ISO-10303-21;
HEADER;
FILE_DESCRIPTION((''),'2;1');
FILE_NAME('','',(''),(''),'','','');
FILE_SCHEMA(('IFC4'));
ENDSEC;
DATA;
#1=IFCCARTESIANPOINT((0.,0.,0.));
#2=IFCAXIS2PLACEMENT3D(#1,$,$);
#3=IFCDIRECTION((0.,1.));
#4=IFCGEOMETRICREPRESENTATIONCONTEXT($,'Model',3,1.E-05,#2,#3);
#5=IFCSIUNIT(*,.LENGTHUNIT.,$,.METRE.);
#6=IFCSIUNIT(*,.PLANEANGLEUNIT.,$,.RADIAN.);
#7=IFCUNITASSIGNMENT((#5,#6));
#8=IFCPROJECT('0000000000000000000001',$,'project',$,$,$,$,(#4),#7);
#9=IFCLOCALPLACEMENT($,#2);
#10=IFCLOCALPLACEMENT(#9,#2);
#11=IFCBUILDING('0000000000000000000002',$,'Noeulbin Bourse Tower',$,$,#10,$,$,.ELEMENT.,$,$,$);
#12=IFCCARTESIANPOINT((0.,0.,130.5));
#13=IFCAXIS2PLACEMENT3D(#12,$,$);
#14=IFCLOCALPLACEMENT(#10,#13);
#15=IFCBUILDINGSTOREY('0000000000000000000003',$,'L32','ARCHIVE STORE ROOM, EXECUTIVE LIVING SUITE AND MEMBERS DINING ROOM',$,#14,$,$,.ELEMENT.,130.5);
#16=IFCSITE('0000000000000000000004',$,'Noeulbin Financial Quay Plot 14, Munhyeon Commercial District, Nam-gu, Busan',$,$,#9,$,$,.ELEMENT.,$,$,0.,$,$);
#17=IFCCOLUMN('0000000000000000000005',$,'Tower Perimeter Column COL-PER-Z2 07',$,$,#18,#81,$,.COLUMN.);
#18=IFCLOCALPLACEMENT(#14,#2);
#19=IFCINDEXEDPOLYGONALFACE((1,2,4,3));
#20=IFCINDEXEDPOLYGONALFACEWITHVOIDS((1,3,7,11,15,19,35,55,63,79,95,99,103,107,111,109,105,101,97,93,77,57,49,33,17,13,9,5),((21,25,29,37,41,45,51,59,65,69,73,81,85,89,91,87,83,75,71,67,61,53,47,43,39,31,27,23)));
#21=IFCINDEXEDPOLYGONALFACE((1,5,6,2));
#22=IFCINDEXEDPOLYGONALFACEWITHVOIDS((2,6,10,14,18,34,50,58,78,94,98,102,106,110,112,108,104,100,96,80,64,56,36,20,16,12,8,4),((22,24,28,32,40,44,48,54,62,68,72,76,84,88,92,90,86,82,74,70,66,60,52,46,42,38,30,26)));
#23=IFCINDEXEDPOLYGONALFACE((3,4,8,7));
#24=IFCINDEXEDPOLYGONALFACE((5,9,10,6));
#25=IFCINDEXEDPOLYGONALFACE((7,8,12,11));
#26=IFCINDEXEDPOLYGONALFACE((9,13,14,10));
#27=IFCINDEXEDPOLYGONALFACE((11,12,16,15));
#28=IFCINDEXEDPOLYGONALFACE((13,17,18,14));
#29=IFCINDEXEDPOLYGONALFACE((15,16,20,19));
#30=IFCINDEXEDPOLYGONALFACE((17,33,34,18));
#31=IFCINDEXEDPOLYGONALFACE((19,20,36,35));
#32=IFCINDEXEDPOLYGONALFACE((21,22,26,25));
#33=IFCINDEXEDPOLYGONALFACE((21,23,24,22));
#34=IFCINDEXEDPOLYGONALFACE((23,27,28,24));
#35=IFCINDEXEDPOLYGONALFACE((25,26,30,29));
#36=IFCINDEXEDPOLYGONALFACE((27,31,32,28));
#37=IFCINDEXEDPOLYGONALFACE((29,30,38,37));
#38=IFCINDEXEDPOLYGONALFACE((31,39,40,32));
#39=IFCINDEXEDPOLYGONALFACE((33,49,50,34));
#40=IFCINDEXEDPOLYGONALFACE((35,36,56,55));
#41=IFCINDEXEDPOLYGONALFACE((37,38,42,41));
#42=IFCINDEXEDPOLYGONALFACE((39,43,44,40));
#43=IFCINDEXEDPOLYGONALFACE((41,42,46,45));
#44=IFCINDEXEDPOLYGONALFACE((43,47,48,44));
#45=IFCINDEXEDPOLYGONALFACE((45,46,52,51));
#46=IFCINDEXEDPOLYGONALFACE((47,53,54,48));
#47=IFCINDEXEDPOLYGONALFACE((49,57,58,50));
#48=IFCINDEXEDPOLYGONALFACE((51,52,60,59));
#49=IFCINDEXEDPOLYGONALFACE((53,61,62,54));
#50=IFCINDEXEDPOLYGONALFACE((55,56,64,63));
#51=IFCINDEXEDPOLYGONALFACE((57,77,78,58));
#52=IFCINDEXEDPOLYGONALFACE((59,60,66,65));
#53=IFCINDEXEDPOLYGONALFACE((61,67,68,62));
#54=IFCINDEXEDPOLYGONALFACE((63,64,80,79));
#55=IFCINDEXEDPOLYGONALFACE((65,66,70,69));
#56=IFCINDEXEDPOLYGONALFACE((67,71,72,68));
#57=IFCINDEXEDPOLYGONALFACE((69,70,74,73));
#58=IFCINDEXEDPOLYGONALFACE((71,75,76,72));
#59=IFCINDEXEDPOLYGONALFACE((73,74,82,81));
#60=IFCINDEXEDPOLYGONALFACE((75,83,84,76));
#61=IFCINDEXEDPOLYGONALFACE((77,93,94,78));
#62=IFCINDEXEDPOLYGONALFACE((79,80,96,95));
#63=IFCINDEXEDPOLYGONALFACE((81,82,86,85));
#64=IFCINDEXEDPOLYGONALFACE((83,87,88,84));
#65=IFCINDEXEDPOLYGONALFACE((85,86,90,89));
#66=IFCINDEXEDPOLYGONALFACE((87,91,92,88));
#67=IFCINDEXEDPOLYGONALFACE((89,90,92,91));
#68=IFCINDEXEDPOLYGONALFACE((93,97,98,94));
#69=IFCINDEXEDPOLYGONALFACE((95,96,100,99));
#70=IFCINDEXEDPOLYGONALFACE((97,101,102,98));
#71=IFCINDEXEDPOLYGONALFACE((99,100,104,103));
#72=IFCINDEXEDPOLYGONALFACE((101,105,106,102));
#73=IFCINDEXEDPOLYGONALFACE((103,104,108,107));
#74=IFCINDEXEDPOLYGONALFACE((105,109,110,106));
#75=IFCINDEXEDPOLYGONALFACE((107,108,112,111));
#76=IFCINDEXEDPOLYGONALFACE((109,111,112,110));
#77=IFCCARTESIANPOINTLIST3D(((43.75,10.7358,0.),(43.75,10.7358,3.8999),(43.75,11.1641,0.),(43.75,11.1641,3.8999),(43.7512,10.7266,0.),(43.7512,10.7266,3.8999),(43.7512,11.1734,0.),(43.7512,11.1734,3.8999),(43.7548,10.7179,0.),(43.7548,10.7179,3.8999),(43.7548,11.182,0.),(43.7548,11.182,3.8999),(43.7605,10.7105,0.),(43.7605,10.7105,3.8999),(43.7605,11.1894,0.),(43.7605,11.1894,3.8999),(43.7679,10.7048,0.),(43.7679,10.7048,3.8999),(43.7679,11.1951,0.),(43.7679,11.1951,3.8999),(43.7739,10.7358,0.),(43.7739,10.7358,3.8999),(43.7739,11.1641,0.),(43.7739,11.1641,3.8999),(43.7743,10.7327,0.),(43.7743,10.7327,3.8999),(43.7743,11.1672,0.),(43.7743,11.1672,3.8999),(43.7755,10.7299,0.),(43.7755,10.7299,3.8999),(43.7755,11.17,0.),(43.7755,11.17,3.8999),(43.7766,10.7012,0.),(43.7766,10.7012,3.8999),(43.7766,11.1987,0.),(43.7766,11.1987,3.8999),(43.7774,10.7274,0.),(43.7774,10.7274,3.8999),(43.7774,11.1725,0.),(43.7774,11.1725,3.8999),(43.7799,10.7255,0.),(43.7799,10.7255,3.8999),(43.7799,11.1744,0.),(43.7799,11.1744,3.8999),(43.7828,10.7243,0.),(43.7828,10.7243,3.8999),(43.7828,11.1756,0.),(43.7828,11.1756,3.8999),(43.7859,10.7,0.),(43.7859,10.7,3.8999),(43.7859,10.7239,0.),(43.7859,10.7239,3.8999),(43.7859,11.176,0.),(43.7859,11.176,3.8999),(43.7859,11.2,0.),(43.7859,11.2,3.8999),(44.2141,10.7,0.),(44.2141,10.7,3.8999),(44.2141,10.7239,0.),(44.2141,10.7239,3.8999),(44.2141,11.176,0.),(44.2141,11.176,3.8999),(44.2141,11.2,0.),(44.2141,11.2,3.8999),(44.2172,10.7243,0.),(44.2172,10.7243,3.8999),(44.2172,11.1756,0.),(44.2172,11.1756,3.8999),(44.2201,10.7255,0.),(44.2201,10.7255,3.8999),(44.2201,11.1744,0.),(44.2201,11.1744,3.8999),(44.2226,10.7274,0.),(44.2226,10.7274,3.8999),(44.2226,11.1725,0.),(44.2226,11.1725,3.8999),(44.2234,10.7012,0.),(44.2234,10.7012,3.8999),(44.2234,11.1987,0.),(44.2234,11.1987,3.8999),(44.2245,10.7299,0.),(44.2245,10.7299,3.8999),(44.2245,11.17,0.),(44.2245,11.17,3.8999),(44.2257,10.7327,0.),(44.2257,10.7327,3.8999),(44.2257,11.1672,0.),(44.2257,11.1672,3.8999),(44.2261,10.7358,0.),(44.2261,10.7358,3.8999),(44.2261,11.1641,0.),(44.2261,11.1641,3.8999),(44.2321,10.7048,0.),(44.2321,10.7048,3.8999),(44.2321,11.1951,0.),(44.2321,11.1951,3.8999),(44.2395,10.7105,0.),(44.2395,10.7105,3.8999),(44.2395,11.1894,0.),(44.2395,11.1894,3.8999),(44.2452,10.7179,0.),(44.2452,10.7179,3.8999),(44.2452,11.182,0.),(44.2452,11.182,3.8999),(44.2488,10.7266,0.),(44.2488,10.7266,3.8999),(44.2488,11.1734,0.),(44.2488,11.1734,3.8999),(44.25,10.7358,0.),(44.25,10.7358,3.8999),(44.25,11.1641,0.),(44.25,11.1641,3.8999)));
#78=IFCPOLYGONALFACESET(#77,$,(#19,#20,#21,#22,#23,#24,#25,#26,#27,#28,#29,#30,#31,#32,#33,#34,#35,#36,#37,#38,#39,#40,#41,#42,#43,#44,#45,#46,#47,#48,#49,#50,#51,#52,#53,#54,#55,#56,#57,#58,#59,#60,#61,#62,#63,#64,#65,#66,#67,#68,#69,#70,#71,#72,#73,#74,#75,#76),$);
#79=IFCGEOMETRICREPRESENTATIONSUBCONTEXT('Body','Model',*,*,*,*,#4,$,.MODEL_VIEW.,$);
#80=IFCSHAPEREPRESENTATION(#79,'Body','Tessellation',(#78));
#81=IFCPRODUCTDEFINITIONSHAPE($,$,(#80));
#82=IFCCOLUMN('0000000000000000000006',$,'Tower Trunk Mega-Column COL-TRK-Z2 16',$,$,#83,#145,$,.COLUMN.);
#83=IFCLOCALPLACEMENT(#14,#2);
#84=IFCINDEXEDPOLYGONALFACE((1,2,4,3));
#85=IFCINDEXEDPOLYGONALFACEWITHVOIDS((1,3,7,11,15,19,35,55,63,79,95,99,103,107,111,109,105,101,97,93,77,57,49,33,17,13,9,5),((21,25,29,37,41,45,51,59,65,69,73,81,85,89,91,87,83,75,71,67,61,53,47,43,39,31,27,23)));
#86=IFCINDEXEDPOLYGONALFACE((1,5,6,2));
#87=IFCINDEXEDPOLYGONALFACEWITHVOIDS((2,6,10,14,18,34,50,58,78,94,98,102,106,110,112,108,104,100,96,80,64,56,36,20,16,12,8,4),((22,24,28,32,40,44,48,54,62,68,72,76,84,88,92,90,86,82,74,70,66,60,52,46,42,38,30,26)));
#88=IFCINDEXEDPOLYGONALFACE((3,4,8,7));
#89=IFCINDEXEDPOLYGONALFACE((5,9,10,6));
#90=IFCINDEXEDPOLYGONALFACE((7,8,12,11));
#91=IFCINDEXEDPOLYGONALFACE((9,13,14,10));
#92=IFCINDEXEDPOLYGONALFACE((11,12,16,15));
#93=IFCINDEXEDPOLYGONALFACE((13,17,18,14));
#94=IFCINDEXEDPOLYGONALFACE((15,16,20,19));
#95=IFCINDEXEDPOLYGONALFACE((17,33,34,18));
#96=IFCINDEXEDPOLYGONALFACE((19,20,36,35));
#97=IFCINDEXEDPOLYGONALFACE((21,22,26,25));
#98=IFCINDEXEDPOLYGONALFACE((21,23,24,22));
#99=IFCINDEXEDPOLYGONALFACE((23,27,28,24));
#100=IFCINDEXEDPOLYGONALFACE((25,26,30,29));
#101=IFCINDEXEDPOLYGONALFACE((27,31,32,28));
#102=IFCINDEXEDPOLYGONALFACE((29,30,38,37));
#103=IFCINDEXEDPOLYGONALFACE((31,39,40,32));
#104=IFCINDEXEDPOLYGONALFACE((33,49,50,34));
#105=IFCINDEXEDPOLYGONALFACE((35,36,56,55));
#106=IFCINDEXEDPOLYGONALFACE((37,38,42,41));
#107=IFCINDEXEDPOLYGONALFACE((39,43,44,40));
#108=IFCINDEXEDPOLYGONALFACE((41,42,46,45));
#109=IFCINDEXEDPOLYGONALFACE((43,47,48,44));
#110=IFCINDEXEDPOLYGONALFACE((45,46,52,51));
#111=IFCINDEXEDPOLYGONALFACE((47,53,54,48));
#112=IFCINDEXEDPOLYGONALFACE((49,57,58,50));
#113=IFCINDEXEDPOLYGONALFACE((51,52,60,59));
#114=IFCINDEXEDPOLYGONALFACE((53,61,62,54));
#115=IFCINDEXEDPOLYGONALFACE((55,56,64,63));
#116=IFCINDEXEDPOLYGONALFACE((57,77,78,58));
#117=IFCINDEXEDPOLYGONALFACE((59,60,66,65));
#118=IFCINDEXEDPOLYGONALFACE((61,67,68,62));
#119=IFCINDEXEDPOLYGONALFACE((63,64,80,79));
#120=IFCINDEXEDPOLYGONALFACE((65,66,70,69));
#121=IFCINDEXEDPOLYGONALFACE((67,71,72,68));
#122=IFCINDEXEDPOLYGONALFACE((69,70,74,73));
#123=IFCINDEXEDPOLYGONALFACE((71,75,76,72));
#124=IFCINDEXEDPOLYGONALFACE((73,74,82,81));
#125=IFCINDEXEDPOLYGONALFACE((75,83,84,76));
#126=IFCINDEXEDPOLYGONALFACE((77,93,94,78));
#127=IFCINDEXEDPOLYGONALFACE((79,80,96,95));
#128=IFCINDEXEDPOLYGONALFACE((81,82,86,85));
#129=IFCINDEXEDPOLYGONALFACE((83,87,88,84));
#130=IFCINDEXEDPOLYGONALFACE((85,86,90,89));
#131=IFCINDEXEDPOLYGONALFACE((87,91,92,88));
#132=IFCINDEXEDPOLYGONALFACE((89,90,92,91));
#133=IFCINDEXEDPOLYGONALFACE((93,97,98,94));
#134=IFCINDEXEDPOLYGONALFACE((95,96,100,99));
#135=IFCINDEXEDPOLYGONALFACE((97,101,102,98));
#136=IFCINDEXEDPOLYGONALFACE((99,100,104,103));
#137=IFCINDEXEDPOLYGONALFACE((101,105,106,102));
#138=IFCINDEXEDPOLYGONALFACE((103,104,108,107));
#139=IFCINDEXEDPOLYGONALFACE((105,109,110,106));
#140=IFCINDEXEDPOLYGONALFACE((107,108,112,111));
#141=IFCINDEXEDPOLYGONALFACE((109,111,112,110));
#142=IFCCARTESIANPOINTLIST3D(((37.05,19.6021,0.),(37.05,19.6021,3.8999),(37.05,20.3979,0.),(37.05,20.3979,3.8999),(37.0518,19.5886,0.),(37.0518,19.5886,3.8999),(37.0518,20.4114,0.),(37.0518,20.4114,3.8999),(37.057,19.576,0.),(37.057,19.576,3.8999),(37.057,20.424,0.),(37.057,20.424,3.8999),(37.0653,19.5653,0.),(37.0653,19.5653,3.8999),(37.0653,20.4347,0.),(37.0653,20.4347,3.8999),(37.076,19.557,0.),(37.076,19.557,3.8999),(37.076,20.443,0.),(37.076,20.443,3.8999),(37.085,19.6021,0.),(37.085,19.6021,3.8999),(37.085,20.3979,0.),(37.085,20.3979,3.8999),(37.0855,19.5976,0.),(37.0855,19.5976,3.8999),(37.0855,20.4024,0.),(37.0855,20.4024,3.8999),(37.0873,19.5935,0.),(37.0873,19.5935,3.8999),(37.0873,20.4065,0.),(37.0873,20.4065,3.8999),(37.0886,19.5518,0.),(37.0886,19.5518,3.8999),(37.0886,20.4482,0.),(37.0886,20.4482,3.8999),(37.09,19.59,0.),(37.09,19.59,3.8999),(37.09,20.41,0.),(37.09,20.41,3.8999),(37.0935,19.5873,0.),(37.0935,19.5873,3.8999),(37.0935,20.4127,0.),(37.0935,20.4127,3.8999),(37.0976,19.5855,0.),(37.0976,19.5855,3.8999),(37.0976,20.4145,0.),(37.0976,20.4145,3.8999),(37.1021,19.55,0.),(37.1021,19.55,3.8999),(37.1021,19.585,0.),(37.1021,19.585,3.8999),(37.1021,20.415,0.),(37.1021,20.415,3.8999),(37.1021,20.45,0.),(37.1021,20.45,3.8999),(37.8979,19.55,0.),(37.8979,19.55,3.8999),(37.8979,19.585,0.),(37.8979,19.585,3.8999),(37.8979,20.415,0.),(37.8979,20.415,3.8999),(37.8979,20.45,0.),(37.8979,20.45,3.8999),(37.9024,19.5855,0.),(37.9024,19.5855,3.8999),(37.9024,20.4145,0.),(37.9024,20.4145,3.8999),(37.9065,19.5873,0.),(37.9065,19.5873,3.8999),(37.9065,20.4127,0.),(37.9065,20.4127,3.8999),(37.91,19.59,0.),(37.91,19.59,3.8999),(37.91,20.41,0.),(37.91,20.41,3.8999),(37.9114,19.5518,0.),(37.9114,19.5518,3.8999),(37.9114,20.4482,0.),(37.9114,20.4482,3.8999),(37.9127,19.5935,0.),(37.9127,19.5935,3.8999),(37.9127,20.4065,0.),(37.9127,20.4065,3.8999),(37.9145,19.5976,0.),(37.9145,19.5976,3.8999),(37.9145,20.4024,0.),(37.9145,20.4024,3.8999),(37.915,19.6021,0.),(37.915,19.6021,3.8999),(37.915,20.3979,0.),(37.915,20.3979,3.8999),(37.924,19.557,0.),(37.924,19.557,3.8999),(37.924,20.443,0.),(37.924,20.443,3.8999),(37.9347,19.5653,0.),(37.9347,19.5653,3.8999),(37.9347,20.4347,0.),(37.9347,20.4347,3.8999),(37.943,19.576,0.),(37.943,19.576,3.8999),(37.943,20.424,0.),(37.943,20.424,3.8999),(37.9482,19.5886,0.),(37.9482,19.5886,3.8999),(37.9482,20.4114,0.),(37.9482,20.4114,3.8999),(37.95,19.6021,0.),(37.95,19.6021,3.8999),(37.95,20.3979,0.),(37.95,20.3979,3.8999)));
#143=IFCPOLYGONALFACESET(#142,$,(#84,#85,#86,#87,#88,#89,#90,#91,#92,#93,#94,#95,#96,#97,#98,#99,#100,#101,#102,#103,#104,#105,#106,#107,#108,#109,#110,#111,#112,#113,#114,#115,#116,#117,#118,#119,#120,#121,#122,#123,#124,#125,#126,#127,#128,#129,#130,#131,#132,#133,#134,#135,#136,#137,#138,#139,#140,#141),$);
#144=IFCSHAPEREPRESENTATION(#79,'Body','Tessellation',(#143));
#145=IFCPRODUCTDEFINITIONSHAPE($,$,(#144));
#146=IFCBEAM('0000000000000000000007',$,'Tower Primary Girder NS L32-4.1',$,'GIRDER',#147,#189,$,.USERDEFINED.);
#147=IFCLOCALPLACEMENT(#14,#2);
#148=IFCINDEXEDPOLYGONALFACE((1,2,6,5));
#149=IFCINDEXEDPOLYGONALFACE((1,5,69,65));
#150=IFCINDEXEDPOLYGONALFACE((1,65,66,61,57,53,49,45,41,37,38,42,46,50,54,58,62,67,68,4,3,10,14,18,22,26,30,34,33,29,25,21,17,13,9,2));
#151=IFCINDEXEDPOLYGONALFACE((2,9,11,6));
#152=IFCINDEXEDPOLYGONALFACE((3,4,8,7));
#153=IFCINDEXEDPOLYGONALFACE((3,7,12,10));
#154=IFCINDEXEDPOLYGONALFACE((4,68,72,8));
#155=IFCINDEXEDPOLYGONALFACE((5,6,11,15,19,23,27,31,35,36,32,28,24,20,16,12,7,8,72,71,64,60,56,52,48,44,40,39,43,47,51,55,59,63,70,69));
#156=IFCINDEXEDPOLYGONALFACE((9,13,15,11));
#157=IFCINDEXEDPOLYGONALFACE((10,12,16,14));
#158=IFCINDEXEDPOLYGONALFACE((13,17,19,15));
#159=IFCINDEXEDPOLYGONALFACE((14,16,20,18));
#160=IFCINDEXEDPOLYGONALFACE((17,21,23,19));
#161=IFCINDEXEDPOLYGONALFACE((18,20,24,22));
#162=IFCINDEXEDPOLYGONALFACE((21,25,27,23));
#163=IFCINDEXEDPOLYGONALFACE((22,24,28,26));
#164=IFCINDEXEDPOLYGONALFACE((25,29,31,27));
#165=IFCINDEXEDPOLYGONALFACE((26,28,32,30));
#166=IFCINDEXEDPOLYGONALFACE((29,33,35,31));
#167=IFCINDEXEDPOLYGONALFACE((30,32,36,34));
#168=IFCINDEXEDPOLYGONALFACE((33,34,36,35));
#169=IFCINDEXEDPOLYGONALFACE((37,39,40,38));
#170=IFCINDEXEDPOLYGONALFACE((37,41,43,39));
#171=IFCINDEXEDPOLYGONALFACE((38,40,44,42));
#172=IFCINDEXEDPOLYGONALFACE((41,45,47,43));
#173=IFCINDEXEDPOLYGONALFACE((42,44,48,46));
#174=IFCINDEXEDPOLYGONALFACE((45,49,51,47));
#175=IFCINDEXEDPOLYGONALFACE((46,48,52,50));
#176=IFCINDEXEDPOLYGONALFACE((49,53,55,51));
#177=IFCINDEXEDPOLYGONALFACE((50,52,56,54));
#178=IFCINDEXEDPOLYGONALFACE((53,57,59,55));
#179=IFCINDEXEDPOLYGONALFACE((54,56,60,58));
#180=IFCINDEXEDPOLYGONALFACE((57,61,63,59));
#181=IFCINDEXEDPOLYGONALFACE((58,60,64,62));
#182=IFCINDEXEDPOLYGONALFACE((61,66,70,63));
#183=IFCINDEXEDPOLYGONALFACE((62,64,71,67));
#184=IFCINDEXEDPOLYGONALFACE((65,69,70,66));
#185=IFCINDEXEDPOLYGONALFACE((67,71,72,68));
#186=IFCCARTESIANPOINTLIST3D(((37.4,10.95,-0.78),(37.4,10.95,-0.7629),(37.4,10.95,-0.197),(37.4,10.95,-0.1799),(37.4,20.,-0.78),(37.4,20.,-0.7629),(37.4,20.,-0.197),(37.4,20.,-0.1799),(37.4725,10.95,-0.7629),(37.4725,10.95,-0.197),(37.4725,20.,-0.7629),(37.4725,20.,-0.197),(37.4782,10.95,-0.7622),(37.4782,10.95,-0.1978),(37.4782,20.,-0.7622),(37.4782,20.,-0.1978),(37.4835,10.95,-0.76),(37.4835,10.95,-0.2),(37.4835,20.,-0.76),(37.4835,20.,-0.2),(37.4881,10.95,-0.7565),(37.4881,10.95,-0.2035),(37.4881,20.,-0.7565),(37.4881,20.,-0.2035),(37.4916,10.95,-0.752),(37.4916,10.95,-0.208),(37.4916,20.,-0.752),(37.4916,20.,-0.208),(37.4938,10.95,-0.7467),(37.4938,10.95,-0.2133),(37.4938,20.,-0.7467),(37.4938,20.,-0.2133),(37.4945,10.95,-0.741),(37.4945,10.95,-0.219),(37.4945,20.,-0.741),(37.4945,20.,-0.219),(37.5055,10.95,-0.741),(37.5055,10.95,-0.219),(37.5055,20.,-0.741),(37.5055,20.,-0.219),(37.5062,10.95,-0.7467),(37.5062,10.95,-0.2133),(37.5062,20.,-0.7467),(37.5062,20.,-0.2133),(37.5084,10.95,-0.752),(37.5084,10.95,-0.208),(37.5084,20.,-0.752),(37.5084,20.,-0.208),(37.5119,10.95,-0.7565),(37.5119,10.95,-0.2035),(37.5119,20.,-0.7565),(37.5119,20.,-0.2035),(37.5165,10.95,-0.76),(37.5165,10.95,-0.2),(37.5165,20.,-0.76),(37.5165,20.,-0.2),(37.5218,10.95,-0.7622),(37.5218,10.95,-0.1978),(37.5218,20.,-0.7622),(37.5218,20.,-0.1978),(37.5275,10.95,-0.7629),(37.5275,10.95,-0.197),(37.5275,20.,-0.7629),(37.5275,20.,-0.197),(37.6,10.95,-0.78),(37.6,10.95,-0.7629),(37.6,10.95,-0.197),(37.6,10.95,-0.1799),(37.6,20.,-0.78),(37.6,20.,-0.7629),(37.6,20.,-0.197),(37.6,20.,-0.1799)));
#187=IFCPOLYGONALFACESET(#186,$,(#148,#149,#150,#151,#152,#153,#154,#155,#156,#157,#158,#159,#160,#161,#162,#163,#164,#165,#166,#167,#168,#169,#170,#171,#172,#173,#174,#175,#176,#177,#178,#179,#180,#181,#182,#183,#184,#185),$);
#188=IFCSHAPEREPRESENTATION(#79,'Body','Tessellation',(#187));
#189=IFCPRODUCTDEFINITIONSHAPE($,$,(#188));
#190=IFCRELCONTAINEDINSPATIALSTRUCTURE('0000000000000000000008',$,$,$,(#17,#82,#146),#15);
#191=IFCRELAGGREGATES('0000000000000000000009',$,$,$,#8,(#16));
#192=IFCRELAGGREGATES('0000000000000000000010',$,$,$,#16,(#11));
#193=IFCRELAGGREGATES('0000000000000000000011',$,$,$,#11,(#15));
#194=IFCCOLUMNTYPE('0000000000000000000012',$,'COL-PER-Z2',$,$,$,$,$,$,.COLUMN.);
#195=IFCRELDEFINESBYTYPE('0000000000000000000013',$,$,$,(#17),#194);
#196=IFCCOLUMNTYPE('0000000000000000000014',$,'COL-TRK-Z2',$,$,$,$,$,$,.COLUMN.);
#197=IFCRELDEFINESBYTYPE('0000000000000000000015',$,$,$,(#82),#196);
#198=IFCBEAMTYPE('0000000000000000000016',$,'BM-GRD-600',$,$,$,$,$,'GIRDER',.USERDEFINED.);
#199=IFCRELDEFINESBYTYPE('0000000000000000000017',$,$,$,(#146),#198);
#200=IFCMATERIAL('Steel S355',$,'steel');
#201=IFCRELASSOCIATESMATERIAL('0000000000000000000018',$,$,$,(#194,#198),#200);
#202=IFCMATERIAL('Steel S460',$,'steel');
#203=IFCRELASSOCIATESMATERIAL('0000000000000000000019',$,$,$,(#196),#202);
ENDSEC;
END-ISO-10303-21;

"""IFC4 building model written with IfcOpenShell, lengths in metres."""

from ifc_helpers import new_model, si_unit, direction, frame, origin, origin_2d, place, context, subcontext, project, spatial, hollow_rectangle, i_section, extrude, material, material_profile, profile_set, type_object, element, save


model = new_model("IFC4")

# Units and contexts
model_context = context("Model", 3, precision=1e-05, world=origin(), true_north=direction((0.0, 1.0)))
body_context = subcontext(model_context, "Body", "Model", "MODEL_VIEW")
ifc_project = project(units=[si_unit("LENGTHUNIT", "METRE"), si_unit("PLANEANGLEUNIT", "RADIAN")], contexts=[model_context])

# Site, building, storey
site_placement = place(None, origin())
site = spatial("IfcSite", under=ifc_project, at=site_placement, Name="Noeulbin Financial Quay Plot 14, Munhyeon Commercial District, Nam-gu, Busan", CompositionType="ELEMENT", RefElevation=0.0)
building_placement = place(site_placement, origin())
building = spatial("IfcBuilding", under=site, at=building_placement, Name="Noeulbin Bourse Tower", CompositionType="ELEMENT")
storey_placement = place(building_placement, frame((0.0, 0.0, 130.5)))
storey = spatial("IfcBuildingStorey", under=building, at=storey_placement, Name="L32", Description="ARCHIVE STORE ROOM, EXECUTIVE LIVING SUITE AND MEMBERS DINING ROOM", CompositionType="ELEMENT", Elevation=130.5)

# Columns
ifc_material_1 = material(Name="Steel S355", Category="steel")
ifc_material_profile_1 = material_profile(ifc_material_1, hollow_rectangle(XDim=0.5, YDim=0.5, WallThickness=0.0239, InnerFilletRadius=0.012, OuterFilletRadius=0.0359, at=origin_2d()), Name="BOX-500x500x24", Category="LoadBearing")
ifc_profile_set_1 = profile_set([ifc_material_profile_1], Name="Steel S355")
column_type_1 = type_object("IfcColumnType", Name="COL-PER-Z2", PredefinedType="COLUMN", material=ifc_profile_set_1)
column_1_placement = place(storey_placement, frame((44.0, 10.95, 0.0), z_axis=(0.0, 0.0, 1.0), x_axis=(1.0, 0.0, 0.0)))
element("IfcColumn", 1, at=column_1_placement, inside=storey, type_object=column_type_1, Name="Tower Perimeter Column COL-PER-Z2 07", PredefinedType="COLUMN", context=body_context, shape_type="SweptSolid", body=[
    extrude(hollow_rectangle(XDim=0.5, YDim=0.5, WallThickness=0.0239, InnerFilletRadius=0.012, OuterFilletRadius=0.0359, at=origin_2d()), origin(), (0.0, 0.0, 1.0), 3.8999),
])
ifc_material_2 = material(Name="Steel S460", Category="steel")
ifc_material_profile_2 = material_profile(ifc_material_2, hollow_rectangle(XDim=0.8999, YDim=0.8999, WallThickness=0.0349, InnerFilletRadius=0.0171, OuterFilletRadius=0.052, at=origin_2d()), Name="BOX-900x900x35", Category="LoadBearing")
ifc_profile_set_2 = profile_set([ifc_material_profile_2], Name="Steel S460")
column_type_2 = type_object("IfcColumnType", Name="COL-TRK-Z2", PredefinedType="COLUMN", material=ifc_profile_set_2)
column_2_placement = place(storey_placement, frame((37.5, 20.0, 0.0), z_axis=(0.0, 0.0, 1.0), x_axis=(1.0, 0.0, 0.0)))
element("IfcColumn", 2, at=column_2_placement, inside=storey, type_object=column_type_2, Name="Tower Trunk Mega-Column COL-TRK-Z2 16", PredefinedType="COLUMN", context=body_context, shape_type="SweptSolid", body=[
    extrude(hollow_rectangle(XDim=0.8999, YDim=0.8999, WallThickness=0.0349, InnerFilletRadius=0.0171, OuterFilletRadius=0.052, at=origin_2d()), origin(), (0.0, 0.0, 1.0), 3.8999),
])

# Beam
ifc_material_profile_3 = material_profile(ifc_material_1, i_section(OverallWidth=0.2, OverallDepth=0.6001, WebThickness=0.011, FlangeThickness=0.0171, FilletRadius=0.022, at=origin_2d()), Name="H-600x200x11x17", Category="LoadBearing")
ifc_profile_set_3 = profile_set([ifc_material_profile_3], Name="Steel S355")
beam_type_1 = type_object("IfcBeamType", Name="BM-GRD-600", ElementType="GIRDER", PredefinedType="USERDEFINED", material=ifc_profile_set_3)
beam_1_placement = place(storey_placement, frame((37.5, 10.95, -0.48), z_axis=(0.0, 1.0, 0.0), x_axis=(-1.0, 0.0, 0.0)))
element("IfcBeam", 3, at=beam_1_placement, inside=storey, type_object=beam_type_1, Name="Tower Primary Girder NS L32-4.1", ObjectType="GIRDER", PredefinedType="USERDEFINED", context=body_context, shape_type="SweptSolid", body=[
    extrude(i_section(OverallWidth=0.2, OverallDepth=0.6001, WebThickness=0.011, FlangeThickness=0.0171, FilletRadius=0.022, at=origin_2d()), origin(), (0.0, 0.0, 1.0), 9.05),
])

save(model, "model.ifc")
